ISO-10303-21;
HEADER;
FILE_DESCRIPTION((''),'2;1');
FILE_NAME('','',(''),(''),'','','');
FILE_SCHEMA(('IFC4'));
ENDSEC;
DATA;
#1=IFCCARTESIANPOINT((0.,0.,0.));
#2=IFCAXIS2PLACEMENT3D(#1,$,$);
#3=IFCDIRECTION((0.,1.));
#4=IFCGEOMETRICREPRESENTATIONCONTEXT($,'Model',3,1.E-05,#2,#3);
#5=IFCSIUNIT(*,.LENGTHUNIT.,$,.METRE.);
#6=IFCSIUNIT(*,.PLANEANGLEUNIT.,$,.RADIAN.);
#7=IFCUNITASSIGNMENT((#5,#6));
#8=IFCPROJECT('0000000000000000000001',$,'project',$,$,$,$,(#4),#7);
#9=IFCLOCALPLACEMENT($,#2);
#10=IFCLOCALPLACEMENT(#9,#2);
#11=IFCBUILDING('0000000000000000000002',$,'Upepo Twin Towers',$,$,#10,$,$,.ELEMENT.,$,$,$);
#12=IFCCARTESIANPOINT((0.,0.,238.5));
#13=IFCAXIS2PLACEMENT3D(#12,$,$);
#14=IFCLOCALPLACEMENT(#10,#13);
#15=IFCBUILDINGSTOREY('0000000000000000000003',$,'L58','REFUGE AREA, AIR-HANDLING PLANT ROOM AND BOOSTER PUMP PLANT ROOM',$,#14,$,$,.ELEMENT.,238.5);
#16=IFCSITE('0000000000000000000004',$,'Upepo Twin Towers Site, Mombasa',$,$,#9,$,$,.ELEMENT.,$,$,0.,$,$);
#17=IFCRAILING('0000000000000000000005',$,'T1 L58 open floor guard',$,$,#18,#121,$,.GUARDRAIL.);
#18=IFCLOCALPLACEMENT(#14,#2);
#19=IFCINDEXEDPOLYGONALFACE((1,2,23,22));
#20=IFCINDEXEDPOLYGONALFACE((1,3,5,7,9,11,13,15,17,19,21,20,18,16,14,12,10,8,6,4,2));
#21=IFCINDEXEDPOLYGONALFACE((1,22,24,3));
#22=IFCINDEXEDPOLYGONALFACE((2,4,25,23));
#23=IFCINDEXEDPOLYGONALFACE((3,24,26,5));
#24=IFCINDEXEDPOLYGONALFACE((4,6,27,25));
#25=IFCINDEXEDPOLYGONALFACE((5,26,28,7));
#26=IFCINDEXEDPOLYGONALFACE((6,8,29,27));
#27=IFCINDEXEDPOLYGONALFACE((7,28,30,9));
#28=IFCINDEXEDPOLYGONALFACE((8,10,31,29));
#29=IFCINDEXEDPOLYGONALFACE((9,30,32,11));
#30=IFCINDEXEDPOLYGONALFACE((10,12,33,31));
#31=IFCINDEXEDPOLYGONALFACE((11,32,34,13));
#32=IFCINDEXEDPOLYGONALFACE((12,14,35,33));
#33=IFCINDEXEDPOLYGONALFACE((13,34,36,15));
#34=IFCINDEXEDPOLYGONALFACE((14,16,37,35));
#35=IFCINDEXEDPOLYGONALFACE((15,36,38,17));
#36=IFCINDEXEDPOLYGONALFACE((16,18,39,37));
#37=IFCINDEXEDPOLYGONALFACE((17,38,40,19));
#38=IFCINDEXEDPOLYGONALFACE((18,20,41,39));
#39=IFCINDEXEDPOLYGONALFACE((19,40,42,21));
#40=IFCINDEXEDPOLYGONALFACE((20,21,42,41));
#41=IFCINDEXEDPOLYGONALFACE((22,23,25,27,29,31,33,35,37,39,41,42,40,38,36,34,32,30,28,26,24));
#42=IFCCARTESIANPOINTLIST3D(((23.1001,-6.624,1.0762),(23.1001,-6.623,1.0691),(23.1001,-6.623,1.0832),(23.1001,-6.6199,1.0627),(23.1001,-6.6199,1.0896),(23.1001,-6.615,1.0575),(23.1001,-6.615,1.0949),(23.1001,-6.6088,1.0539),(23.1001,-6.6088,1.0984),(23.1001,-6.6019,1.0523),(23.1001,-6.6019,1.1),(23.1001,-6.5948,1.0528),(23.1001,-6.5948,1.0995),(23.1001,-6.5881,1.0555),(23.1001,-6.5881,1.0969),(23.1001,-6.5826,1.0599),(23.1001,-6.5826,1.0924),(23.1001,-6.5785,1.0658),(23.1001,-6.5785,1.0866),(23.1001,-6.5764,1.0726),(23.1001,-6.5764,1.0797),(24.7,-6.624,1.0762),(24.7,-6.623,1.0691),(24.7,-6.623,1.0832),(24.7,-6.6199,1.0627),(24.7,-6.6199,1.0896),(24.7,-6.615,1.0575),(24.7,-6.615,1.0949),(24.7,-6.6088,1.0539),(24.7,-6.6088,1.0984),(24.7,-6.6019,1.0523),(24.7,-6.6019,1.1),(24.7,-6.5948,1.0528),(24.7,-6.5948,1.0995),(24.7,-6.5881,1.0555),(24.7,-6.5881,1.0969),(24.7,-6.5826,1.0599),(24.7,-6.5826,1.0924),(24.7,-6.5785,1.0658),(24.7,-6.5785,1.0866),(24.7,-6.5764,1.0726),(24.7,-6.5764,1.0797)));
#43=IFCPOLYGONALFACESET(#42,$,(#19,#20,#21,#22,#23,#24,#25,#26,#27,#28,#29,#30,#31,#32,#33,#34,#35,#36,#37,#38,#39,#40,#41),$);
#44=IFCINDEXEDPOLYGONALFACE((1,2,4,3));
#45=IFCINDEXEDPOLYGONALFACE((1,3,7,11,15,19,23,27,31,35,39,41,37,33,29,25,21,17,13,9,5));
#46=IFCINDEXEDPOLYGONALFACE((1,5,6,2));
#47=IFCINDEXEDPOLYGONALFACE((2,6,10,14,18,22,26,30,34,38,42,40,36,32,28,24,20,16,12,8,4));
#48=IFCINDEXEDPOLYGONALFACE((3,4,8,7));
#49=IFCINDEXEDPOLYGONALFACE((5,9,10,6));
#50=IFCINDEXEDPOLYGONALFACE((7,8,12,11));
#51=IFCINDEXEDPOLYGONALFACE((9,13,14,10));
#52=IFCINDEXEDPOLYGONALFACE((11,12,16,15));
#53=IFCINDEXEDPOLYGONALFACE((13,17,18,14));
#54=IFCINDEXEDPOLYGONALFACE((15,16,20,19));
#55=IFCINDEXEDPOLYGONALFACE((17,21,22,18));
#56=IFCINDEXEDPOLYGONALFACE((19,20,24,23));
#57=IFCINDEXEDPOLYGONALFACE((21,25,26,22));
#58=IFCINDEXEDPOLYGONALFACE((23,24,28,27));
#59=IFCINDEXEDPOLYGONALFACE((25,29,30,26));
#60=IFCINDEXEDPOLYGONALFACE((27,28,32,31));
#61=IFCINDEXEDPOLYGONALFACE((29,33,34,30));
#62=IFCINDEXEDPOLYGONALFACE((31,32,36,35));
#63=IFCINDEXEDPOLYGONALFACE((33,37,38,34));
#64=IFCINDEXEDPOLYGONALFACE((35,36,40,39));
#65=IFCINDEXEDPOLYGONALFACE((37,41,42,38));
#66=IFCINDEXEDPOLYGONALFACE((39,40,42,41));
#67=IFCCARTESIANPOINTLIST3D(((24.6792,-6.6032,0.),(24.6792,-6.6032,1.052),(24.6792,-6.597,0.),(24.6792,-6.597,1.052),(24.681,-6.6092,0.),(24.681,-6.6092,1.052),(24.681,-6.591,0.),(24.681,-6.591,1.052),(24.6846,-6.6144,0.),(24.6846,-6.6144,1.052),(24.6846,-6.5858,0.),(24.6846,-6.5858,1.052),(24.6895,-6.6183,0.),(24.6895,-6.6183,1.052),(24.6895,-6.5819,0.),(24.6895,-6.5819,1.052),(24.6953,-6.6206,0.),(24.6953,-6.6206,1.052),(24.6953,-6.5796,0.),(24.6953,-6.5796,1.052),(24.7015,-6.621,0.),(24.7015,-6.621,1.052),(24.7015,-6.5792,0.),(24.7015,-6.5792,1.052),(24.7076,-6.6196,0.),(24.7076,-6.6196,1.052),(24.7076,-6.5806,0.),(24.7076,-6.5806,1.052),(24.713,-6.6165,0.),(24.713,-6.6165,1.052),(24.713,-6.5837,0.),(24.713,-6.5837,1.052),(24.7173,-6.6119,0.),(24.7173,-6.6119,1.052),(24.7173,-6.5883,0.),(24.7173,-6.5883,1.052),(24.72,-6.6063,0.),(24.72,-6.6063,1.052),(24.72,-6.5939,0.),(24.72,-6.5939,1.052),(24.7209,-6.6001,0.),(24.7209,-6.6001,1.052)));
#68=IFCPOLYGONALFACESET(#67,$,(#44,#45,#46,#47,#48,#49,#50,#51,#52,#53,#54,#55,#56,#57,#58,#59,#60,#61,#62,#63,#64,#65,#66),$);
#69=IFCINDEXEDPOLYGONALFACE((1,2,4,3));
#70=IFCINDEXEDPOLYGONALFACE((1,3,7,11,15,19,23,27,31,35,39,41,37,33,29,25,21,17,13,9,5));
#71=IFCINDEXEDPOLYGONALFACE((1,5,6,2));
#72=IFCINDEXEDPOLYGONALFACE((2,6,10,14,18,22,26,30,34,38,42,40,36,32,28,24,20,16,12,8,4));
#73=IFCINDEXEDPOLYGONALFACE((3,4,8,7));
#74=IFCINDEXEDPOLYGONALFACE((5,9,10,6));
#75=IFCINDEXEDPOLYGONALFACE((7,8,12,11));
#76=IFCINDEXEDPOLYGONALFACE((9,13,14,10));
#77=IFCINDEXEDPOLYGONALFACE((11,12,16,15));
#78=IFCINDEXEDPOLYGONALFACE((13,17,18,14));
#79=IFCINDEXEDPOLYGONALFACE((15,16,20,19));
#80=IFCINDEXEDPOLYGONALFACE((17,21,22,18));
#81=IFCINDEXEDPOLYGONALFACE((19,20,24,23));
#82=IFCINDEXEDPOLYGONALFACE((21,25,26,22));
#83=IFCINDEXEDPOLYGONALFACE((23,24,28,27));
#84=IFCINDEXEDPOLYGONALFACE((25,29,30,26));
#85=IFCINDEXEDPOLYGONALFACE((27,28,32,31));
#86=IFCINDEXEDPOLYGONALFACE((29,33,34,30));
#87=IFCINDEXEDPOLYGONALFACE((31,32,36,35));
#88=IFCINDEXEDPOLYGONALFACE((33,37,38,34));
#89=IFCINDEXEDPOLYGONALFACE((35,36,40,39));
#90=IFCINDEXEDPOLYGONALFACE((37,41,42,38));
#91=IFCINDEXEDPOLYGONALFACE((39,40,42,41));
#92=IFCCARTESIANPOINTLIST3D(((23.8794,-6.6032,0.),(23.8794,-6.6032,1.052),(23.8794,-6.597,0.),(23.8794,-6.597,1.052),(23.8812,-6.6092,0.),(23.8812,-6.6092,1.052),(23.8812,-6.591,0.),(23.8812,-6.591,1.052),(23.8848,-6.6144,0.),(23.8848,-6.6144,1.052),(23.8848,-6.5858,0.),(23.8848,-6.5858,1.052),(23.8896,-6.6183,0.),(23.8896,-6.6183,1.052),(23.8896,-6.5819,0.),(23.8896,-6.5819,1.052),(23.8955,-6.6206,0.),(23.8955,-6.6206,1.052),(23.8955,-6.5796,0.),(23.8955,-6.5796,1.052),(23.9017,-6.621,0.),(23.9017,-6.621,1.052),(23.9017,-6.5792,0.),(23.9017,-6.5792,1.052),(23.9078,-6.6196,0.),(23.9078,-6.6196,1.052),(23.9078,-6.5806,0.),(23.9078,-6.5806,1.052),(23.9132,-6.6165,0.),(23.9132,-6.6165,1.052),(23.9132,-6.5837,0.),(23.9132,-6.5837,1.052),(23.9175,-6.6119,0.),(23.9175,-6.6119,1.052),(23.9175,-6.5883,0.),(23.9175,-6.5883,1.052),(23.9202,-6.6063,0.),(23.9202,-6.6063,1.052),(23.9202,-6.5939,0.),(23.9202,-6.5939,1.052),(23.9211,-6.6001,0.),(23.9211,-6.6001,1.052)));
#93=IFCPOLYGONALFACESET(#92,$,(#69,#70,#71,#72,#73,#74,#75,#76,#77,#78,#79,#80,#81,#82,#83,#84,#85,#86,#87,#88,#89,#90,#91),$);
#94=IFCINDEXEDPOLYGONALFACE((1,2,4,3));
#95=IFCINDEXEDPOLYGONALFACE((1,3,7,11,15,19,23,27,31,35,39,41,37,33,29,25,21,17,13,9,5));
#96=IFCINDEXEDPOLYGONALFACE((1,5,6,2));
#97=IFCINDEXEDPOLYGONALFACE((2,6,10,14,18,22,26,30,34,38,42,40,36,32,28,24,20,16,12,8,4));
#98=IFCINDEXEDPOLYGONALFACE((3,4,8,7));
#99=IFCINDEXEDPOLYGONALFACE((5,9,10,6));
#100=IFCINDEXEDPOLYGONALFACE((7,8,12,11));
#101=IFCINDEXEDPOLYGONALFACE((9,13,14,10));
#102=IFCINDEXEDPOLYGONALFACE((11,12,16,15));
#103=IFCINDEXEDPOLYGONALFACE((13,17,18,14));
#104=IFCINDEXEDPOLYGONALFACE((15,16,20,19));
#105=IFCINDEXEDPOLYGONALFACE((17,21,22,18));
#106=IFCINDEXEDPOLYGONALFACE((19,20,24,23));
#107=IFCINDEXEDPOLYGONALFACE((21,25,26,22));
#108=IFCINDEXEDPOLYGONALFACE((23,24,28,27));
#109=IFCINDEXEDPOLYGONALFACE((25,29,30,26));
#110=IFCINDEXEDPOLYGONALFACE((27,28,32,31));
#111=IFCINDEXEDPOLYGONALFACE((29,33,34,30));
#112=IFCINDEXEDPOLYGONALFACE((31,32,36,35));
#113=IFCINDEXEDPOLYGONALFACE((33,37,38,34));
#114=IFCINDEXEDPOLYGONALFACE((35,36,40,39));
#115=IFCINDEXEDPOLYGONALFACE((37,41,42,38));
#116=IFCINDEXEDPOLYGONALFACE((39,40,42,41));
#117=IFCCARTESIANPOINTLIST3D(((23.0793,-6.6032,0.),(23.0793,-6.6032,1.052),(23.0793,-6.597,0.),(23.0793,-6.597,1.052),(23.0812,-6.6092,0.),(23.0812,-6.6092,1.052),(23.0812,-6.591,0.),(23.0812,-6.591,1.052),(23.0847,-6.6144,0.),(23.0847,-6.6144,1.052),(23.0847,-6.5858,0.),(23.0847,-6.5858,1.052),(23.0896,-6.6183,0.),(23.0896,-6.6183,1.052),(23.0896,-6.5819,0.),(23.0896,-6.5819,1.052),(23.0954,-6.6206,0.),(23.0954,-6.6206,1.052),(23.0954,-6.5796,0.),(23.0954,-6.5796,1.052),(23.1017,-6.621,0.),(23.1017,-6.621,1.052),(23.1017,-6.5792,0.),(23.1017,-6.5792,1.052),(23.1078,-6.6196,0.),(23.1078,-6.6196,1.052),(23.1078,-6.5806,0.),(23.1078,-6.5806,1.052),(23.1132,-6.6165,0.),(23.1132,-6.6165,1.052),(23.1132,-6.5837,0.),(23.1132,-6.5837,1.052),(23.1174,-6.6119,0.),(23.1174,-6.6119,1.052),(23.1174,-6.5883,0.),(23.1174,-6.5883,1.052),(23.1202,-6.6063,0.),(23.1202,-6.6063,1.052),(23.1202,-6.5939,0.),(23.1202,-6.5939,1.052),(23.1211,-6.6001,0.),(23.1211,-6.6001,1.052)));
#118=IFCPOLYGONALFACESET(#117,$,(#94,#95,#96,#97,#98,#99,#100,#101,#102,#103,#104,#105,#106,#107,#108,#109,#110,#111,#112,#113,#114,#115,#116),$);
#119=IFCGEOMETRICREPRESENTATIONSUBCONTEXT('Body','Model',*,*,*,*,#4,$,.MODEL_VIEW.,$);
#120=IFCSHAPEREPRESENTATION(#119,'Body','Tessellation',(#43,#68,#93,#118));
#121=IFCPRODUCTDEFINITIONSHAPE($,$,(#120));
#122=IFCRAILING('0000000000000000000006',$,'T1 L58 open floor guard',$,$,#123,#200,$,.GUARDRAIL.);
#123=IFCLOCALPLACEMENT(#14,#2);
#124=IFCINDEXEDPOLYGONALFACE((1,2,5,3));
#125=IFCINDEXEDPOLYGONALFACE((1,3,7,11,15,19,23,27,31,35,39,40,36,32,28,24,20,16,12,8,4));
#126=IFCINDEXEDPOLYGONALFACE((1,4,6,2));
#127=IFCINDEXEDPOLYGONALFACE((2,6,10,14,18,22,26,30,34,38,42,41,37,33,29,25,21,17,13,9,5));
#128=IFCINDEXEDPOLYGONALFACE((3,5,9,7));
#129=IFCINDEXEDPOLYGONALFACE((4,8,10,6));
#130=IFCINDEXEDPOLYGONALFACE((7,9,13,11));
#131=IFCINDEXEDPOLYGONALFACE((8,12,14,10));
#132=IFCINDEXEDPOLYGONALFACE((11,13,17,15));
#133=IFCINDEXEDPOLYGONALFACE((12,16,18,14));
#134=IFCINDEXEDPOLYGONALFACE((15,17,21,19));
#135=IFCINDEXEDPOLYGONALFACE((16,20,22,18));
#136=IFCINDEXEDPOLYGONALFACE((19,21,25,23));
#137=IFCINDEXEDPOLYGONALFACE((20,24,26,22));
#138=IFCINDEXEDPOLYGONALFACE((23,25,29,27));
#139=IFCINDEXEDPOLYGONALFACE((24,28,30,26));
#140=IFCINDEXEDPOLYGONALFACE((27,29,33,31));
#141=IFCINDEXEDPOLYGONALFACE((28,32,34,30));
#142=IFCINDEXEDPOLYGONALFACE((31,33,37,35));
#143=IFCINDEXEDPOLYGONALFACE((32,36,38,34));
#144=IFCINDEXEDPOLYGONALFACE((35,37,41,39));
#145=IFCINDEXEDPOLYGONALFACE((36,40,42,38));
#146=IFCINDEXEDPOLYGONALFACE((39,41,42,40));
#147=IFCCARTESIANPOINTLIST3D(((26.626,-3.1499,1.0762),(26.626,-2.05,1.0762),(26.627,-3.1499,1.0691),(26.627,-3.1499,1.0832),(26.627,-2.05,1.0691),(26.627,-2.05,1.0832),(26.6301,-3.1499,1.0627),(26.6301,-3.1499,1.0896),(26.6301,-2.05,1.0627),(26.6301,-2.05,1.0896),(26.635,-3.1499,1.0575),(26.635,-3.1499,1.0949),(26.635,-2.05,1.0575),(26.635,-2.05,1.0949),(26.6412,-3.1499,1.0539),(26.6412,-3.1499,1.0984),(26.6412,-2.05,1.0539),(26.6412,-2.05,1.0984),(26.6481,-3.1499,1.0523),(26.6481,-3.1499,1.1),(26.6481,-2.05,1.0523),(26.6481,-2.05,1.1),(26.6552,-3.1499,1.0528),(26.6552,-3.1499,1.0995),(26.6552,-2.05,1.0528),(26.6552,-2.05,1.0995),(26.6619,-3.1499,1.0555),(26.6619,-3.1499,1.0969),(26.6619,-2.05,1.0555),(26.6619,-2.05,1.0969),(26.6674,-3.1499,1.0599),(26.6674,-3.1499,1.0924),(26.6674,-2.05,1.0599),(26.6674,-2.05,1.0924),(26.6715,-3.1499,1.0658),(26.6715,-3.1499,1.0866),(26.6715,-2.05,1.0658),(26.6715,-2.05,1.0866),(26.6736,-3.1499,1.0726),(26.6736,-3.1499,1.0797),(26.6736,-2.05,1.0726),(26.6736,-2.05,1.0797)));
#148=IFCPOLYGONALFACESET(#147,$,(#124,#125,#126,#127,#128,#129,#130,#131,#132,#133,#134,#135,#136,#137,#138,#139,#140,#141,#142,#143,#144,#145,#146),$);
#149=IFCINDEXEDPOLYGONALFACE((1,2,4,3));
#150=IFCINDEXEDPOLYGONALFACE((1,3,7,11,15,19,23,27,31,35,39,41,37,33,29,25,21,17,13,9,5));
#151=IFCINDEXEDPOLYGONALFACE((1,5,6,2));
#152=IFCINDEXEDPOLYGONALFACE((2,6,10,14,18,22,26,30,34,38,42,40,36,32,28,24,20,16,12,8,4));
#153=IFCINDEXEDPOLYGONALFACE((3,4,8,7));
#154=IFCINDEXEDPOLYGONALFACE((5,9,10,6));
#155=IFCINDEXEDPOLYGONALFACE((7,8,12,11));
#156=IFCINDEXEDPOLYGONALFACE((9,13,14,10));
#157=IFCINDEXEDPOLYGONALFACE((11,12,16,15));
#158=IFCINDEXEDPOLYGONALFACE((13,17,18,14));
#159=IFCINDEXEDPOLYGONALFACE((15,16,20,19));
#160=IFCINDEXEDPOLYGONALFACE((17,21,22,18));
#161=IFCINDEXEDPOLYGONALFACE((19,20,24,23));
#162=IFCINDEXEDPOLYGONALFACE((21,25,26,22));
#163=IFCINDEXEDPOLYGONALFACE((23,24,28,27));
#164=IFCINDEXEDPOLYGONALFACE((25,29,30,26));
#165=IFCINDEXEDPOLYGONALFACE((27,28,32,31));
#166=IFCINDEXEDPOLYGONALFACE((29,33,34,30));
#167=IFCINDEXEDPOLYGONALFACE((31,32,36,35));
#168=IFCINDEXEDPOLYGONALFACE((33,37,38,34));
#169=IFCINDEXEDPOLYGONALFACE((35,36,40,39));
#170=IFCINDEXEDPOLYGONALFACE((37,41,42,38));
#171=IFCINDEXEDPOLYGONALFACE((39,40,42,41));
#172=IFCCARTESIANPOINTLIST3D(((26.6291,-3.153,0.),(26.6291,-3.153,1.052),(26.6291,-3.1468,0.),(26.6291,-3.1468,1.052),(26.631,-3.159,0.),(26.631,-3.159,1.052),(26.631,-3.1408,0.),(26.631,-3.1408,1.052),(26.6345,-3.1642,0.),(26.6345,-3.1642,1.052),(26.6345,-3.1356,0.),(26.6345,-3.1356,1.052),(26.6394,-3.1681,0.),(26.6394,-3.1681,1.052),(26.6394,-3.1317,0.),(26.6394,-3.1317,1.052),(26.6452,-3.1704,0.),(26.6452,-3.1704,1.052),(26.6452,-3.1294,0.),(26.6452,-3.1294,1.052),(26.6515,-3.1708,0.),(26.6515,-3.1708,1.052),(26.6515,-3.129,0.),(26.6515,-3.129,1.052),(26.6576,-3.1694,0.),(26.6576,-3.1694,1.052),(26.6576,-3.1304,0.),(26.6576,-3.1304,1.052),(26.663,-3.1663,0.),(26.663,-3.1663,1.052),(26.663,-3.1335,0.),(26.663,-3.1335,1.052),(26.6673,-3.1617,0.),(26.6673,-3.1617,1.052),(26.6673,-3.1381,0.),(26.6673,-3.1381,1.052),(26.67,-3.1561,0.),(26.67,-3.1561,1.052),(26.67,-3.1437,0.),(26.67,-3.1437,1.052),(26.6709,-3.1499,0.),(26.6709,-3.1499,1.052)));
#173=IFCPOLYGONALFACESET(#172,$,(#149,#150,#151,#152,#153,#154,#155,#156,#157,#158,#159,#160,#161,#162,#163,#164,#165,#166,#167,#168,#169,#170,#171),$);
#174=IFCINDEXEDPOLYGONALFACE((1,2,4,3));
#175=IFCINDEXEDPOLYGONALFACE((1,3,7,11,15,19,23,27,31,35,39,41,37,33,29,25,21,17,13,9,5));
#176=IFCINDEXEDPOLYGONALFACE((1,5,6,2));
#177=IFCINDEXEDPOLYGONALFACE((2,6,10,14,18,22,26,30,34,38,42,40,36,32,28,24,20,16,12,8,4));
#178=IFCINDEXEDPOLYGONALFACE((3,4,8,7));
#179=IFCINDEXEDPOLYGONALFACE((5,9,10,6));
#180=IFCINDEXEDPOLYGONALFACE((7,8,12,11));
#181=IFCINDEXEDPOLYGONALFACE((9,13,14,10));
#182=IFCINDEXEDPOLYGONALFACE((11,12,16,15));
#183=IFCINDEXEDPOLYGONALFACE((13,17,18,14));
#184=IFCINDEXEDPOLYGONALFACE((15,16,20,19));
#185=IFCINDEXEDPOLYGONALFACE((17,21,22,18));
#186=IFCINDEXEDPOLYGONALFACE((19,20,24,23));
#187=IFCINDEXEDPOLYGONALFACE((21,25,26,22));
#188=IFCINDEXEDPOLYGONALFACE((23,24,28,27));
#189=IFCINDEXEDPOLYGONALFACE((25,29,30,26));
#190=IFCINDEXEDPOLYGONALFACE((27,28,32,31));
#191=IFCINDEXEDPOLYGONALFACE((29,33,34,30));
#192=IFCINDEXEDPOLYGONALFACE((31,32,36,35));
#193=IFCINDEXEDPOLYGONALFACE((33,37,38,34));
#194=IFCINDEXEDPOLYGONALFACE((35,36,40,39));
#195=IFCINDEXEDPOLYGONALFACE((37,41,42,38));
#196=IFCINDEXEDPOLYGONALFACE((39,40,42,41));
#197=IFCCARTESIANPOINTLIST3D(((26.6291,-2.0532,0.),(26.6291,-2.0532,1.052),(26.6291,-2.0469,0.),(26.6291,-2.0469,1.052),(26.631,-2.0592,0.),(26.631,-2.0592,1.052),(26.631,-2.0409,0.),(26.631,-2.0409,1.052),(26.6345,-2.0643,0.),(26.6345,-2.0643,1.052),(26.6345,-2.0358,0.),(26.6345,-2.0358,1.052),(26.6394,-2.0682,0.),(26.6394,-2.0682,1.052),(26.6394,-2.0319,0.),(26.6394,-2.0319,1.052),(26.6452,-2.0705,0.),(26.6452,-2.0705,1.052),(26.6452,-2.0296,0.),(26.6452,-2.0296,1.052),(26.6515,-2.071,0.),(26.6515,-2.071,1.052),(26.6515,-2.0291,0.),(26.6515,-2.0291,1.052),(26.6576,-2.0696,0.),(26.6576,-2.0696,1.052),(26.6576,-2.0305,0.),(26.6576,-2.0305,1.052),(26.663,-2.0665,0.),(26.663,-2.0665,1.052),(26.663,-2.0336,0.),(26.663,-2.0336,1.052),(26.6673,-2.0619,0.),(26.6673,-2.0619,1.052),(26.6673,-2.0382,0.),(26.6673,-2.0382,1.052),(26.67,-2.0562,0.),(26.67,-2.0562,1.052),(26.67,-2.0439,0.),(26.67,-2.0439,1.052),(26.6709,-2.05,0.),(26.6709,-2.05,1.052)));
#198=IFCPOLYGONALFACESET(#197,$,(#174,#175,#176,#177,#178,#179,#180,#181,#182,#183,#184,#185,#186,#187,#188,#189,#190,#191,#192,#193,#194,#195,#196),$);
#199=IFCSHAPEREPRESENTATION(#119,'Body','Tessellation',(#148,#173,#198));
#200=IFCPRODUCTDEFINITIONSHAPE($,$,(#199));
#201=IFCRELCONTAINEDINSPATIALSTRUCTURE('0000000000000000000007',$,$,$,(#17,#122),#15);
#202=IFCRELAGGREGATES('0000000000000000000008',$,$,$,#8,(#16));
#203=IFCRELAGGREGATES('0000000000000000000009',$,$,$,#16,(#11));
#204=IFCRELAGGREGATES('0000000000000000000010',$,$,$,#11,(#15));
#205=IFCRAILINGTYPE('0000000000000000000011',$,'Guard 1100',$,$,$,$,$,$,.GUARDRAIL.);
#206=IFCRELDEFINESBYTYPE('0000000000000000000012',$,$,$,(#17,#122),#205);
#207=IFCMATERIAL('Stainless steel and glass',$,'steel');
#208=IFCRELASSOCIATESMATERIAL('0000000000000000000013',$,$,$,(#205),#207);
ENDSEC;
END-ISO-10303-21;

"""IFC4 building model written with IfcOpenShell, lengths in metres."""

from ifc_helpers import new_model, si_unit, direction, frame, origin, origin_2d, place, context, subcontext, project, spatial, circle, extrude, material, type_object, element, save


model = new_model("IFC4")

# Units and contexts
model_context = context("Model", 3, precision=1e-05, world=origin(), true_north=direction((0.0, 1.0)))
body_context = subcontext(model_context, "Body", "Model", "MODEL_VIEW")
ifc_project = project(units=[si_unit("LENGTHUNIT", "METRE"), si_unit("PLANEANGLEUNIT", "RADIAN")], contexts=[model_context])

# Site, building, storey
site_placement = place(None, origin())
site = spatial("IfcSite", under=ifc_project, at=site_placement, Name="Upepo Twin Towers Site, Mombasa", CompositionType="ELEMENT", RefElevation=0.0)
building_placement = place(site_placement, origin())
building = spatial("IfcBuilding", under=site, at=building_placement, Name="Upepo Twin Towers", CompositionType="ELEMENT")
storey_placement = place(building_placement, frame((0.0, 0.0, 238.5)))
storey = spatial("IfcBuildingStorey", under=building, at=storey_placement, Name="L58", Description="REFUGE AREA, AIR-HANDLING PLANT ROOM AND BOOSTER PUMP PLANT ROOM", CompositionType="ELEMENT", Elevation=238.5)

# Railings
ifc_material_1 = material(Name="Stainless steel and glass", Category="steel")
railing_type = type_object("IfcRailingType", Name="Guard 1100", PredefinedType="GUARDRAIL", material=ifc_material_1)
railing_1_placement = place(storey_placement, frame((24.7, -6.6001, 0.0)))
element("IfcRailing", 1, at=railing_1_placement, inside=storey, type_object=railing_type, Name="T1 L58 open floor guard", PredefinedType="GUARDRAIL", context=body_context, shape_type="SweptSolid", body=[
    extrude(circle(Radius=0.0239, at=origin_2d()), frame((0.0, 0.0, 1.0762), z_axis=(-1.0, 0.0, 0.0), x_axis=(0.0, -1.0, 0.0)), (0.0, 0.0, 1.0), 1.5999),
    extrude(circle(Radius=0.021, at=origin_2d()), origin(), (0.0, 0.0, 1.0), 1.052),
    extrude(circle(Radius=0.021, at=origin_2d()), frame((-0.7998, 0.0, 0.0)), (0.0, 0.0, 1.0), 1.052),
    extrude(circle(Radius=0.021, at=origin_2d()), frame((-1.5999, 0.0, 0.0)), (0.0, 0.0, 1.0), 1.052),
])
railing_2_placement = place(storey_placement, frame((26.6499, -3.1499, 0.0)))
element("IfcRailing", 2, at=railing_2_placement, inside=storey, type_object=railing_type, Name="T1 L58 open floor guard", PredefinedType="GUARDRAIL", context=body_context, shape_type="SweptSolid", body=[
    extrude(circle(Radius=0.0239, at=origin_2d()), frame((0.0, 0.0, 1.0762), z_axis=(0.0, 1.0, 0.0), x_axis=(-1.0, 0.0, 0.0)), (0.0, 0.0, 1.0), 1.0999),
    extrude(circle(Radius=0.021, at=origin_2d()), origin(), (0.0, 0.0, 1.0), 1.052),
    extrude(circle(Radius=0.021, at=origin_2d()), frame((0.0, 1.0999, 0.0)), (0.0, 0.0, 1.0), 1.052),
])

save(model, "model.ifc")
